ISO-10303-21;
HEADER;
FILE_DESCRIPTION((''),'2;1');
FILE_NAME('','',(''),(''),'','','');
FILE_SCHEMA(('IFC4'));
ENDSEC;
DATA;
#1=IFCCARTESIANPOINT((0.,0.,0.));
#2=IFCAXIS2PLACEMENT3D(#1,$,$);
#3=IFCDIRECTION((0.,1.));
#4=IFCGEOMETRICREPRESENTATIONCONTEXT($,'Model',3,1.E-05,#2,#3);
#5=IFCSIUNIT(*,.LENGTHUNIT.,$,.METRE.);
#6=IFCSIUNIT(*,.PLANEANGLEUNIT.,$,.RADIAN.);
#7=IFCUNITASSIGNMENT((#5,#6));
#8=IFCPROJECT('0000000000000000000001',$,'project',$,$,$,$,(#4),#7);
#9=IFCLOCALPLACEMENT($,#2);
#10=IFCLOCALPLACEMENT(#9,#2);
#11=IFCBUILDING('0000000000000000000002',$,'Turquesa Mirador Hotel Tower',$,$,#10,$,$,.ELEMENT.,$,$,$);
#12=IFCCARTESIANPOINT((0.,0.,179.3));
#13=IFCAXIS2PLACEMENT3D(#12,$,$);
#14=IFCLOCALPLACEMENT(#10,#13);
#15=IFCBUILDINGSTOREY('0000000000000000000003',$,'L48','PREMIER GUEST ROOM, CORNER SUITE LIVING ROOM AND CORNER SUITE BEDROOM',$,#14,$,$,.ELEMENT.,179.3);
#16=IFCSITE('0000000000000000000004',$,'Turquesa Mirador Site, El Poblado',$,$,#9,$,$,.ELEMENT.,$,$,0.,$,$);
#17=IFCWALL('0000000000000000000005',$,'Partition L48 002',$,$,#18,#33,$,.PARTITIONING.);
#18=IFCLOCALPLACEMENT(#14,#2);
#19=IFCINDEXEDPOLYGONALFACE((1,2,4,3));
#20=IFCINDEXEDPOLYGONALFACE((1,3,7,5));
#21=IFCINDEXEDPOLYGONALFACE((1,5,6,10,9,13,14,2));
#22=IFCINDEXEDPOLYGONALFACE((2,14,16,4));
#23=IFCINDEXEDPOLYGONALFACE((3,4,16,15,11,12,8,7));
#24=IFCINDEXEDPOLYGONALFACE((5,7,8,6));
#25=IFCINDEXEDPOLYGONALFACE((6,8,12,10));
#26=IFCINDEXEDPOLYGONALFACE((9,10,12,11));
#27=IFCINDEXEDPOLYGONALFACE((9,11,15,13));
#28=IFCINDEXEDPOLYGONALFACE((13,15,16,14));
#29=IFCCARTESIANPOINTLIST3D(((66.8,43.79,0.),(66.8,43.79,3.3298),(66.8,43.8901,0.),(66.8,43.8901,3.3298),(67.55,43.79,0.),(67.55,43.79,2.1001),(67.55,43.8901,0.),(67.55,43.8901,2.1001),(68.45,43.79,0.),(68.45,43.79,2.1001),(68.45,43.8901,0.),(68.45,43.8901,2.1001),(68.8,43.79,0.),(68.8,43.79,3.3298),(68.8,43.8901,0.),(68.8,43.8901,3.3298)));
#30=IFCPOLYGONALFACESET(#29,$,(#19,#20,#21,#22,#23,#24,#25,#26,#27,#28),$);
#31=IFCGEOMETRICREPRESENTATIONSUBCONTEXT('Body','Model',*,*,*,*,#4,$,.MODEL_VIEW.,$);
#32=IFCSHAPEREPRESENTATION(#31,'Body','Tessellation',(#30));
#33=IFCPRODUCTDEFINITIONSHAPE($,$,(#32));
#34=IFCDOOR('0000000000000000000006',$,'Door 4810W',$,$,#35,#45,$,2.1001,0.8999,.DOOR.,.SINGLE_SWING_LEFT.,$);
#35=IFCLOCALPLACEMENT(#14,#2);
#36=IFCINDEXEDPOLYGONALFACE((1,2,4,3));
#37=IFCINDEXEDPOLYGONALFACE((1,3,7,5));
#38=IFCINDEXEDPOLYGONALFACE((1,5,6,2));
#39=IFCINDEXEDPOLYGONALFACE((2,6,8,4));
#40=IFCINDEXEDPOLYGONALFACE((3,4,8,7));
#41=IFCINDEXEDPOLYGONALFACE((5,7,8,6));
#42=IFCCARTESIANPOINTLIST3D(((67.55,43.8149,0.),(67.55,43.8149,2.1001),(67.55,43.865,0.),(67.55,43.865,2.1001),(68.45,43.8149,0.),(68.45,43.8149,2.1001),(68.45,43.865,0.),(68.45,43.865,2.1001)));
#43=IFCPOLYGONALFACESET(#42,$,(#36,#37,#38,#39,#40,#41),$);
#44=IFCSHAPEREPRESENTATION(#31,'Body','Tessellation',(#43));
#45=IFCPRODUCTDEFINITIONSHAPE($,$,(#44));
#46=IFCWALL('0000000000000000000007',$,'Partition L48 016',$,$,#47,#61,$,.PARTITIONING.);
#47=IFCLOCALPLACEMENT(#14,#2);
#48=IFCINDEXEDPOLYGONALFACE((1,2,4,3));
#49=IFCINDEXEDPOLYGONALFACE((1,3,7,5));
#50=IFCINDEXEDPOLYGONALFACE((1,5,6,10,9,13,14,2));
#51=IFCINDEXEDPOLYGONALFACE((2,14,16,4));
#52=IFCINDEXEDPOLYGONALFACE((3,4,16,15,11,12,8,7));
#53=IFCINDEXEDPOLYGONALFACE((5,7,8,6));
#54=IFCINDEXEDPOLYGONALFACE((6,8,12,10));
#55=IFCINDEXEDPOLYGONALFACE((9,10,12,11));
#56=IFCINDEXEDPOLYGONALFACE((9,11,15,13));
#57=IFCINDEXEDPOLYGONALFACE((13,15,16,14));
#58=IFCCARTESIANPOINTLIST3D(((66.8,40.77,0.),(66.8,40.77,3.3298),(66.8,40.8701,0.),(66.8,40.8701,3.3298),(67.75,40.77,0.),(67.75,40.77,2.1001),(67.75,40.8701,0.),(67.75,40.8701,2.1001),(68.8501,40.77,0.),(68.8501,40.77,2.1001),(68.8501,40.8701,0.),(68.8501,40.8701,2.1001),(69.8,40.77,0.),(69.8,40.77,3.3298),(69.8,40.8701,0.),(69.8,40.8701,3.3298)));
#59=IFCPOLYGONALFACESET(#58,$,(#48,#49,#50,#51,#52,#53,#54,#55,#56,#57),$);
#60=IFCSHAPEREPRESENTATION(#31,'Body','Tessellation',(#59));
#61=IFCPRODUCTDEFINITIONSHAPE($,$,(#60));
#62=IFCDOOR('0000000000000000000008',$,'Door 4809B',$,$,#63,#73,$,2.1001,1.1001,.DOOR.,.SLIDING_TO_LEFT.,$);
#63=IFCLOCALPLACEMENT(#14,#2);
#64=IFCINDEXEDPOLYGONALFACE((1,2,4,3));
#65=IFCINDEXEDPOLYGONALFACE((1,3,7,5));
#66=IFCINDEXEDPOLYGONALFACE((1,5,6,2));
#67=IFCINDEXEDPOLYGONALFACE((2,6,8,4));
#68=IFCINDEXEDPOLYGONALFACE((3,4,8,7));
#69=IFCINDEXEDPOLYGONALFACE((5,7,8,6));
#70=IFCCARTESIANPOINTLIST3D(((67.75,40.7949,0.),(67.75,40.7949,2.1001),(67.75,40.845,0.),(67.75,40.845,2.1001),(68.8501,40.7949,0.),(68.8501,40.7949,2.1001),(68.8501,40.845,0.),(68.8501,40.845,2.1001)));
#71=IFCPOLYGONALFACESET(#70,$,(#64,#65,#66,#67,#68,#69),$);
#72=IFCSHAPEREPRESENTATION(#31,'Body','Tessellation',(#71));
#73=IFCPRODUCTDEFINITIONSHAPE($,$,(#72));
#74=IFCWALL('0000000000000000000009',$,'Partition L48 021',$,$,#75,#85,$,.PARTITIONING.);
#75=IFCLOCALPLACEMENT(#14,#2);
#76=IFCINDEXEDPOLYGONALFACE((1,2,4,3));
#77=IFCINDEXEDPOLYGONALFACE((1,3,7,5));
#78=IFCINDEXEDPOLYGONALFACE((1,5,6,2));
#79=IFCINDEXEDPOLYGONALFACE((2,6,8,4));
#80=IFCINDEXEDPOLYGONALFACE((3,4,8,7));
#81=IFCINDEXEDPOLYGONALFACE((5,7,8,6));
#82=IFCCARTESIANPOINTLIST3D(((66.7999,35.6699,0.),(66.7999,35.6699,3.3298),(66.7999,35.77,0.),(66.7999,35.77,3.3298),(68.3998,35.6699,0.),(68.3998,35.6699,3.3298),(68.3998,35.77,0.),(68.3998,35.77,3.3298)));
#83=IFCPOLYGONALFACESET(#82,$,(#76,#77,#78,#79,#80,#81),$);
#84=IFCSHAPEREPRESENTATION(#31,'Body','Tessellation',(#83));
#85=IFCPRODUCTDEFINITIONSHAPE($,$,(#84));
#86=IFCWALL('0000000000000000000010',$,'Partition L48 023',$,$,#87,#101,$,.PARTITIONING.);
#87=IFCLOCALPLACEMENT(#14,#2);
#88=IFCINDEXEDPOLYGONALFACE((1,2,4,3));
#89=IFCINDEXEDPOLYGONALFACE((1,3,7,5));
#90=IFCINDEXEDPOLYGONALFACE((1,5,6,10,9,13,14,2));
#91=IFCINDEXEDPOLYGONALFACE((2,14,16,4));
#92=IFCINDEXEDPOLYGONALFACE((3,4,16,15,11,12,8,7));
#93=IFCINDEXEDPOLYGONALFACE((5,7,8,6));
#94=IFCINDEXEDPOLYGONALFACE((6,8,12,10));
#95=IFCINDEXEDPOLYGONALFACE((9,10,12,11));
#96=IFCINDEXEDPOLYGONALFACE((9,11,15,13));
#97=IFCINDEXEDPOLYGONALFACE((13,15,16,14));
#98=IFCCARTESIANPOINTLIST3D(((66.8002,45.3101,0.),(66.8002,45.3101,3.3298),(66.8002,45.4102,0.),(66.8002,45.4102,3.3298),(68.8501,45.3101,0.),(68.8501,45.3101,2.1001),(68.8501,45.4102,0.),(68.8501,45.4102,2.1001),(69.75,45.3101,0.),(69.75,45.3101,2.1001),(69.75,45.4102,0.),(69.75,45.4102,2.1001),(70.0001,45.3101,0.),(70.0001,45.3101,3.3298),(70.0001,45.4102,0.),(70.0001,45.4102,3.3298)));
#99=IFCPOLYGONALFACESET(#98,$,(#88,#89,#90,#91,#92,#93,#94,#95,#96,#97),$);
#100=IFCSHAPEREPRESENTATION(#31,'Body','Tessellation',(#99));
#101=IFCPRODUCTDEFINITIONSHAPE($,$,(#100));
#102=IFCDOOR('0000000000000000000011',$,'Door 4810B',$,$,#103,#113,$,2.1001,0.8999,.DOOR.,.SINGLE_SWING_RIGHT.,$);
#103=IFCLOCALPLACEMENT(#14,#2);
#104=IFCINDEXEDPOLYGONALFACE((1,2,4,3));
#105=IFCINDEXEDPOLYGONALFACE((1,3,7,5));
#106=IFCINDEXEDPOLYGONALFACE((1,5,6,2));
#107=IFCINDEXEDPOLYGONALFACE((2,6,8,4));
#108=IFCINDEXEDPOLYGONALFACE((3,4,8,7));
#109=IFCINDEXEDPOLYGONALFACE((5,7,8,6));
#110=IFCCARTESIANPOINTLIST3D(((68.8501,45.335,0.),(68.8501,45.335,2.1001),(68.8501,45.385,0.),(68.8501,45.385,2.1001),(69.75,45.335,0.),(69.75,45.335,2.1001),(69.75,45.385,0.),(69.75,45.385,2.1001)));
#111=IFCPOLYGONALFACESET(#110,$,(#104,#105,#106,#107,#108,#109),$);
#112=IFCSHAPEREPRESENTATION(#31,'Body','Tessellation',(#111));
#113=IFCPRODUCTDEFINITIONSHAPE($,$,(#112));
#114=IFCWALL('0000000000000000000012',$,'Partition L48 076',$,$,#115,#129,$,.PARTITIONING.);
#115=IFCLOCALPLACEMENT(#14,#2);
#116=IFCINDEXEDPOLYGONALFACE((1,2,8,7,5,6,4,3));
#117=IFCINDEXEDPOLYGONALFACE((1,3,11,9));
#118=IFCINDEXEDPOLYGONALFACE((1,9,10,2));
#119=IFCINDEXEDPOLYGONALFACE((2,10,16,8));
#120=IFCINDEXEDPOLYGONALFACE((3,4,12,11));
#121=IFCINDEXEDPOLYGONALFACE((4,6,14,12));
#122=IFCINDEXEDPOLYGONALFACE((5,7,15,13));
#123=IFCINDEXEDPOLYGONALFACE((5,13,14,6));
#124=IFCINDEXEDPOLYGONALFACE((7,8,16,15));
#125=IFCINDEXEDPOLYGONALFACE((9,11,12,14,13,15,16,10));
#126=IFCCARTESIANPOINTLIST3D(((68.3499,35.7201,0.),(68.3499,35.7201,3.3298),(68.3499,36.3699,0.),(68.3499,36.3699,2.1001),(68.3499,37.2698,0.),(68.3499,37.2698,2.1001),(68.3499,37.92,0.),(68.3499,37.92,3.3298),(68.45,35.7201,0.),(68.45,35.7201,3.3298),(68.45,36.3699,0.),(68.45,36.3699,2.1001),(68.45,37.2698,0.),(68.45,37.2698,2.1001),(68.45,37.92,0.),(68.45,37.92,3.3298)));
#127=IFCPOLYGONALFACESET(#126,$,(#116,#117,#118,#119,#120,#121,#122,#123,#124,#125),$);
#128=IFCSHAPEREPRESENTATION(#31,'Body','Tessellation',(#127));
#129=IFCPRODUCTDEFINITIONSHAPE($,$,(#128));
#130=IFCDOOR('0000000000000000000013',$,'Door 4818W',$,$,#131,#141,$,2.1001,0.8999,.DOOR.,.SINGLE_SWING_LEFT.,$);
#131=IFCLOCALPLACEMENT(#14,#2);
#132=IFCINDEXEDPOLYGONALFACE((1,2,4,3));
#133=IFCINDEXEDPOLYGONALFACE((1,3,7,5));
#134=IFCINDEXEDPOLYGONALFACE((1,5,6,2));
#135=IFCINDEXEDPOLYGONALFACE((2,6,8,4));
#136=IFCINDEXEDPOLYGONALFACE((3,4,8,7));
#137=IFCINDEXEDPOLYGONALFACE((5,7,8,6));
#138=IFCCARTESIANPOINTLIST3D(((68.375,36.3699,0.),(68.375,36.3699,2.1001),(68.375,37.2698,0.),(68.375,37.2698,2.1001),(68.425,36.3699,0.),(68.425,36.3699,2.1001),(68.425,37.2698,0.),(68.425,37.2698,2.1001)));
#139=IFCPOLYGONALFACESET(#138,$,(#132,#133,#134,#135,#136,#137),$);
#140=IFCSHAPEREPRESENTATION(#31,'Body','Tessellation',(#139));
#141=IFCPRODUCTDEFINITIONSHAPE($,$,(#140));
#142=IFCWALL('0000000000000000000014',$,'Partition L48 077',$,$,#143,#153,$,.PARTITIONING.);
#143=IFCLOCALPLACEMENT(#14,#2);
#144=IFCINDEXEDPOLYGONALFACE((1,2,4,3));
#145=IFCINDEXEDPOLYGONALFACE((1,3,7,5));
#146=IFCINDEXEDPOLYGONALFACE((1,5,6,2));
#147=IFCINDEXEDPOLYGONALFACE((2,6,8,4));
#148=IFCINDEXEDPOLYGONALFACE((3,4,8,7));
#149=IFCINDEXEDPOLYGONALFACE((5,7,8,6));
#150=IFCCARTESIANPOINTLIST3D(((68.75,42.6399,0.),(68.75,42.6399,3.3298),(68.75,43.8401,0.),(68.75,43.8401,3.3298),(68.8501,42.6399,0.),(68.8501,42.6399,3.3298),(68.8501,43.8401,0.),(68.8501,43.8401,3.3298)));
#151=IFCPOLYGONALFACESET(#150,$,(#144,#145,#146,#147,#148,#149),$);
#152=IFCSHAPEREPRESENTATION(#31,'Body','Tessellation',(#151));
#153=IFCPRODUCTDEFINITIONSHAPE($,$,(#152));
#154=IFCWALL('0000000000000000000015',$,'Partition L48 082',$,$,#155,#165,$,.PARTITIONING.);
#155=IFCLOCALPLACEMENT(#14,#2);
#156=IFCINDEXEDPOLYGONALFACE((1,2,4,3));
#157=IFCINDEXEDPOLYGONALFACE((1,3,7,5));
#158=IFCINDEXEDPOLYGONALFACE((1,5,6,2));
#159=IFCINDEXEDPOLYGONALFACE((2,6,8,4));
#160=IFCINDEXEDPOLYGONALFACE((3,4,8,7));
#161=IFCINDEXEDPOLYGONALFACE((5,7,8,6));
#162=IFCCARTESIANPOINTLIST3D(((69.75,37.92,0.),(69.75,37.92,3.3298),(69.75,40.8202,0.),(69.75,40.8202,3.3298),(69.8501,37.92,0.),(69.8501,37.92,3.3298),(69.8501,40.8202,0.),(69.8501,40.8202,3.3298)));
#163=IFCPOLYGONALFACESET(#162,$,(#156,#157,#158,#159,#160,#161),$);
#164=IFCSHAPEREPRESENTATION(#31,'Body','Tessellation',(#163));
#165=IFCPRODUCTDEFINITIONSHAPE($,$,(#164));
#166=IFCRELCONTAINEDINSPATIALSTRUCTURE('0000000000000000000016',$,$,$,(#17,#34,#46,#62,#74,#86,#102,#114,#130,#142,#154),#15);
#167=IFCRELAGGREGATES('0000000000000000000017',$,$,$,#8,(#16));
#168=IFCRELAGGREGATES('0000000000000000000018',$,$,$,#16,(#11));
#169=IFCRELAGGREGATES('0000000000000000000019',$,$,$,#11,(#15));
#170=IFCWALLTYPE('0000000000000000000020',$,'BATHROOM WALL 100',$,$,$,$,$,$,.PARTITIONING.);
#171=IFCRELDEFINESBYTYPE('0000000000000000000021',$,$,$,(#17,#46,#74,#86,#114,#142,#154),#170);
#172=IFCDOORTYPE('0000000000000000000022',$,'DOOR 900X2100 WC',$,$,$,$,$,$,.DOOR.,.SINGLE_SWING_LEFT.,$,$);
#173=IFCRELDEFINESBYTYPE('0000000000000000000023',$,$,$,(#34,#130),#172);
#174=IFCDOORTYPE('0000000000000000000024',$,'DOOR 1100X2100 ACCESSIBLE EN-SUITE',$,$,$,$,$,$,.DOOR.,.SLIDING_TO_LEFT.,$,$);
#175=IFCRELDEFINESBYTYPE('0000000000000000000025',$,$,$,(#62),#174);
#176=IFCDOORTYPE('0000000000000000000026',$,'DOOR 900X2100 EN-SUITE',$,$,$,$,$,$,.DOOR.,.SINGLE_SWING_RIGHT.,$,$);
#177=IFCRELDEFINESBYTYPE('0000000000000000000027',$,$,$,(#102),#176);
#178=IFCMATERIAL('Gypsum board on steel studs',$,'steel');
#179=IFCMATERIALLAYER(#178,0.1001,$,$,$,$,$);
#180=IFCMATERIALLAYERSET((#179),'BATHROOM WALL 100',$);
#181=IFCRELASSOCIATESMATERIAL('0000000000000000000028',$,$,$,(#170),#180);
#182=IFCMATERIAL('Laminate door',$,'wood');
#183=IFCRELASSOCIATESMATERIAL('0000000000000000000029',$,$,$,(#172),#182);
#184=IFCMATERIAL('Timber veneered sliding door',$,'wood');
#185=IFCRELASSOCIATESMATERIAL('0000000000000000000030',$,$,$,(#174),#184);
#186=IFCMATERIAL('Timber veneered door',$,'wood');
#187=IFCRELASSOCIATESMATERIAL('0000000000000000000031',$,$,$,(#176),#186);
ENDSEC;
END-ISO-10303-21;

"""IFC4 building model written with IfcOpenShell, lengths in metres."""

from ifc_helpers import new_model, si_unit, direction, frame, frame_2d, origin, place, context, subcontext, project, spatial, rectangle, extrude, material, layer, layer_set, type_object, element, fill, save


model = new_model("IFC4")

# Units and contexts
model_context = context("Model", 3, precision=1e-05, world=origin(), true_north=direction((0.0, 1.0)))
body_context = subcontext(model_context, "Body", "Model", "MODEL_VIEW")
ifc_project = project(units=[si_unit("LENGTHUNIT", "METRE"), si_unit("PLANEANGLEUNIT", "RADIAN")], contexts=[model_context])

# Site, building, storey
site_placement = place(None, origin())
site = spatial("IfcSite", under=ifc_project, at=site_placement, Name="Turquesa Mirador Site, El Poblado", CompositionType="ELEMENT", RefElevation=0.0)
building_placement = place(site_placement, origin())
building = spatial("IfcBuilding", under=site, at=building_placement, Name="Turquesa Mirador Hotel Tower", CompositionType="ELEMENT")
storey_placement = place(building_placement, frame((0.0, 0.0, 179.3)))
storey = spatial("IfcBuildingStorey", under=building, at=storey_placement, Name="L48", Description="PREMIER GUEST ROOM, CORNER SUITE LIVING ROOM AND CORNER SUITE BEDROOM", CompositionType="ELEMENT", Elevation=179.3)

# Walls, openings, doors
ifc_material_1 = material(Name="Gypsum board on steel studs", Category="steel")
ifc_layer_1 = layer(ifc_material_1, 0.1001)
ifc_layer_set_1 = layer_set([ifc_layer_1], Name="BATHROOM WALL 100")
wall_type_1 = type_object("IfcWallType", Name="BATHROOM WALL 100", PredefinedType="PARTITIONING", material=ifc_layer_set_1)
wall_1_placement = place(storey_placement, frame((66.8, 43.8401, 0.0), z_axis=(0.0, 0.0, 1.0), x_axis=(1.0, 0.0, 0.0)))
wall_1 = element("IfcWall", 1, at=wall_1_placement, inside=storey, type_object=wall_type_1, Name="Partition L48 002", PredefinedType="PARTITIONING", context=body_context, shape_type="SweptSolid", body=[
    extrude(rectangle(XDim=2.0, YDim=0.1001, at=frame_2d((1.0, 0.0))), origin(), (0.0, 0.0, 1.0), 3.3298),
])
opening_1_placement = place(wall_1_placement, frame((0.75, 0.0, 0.0)))
opening_1 = element("IfcOpeningElement", 2, at=opening_1_placement, cuts=wall_1, PredefinedType="OPENING", context=body_context, shape_type="SweptSolid", body=[
    extrude(rectangle(XDim=0.8999, YDim=2.1001, at=frame_2d((0.45, 1.05))), frame((0.0, 0.0601, 0.0), z_axis=(0.0, -1.0, 0.0), x_axis=(1.0, 0.0, 0.0)), (0.0, 0.0, 1.0), 0.1201),
])
ifc_material_2 = material(Name="Laminate door", Category="wood")
door_type_1 = type_object("IfcDoorType", Name="DOOR 900X2100 WC", OperationType="SINGLE_SWING_LEFT", PredefinedType="DOOR", material=ifc_material_2)
door_1_placement = place(opening_1_placement, origin())
door_1 = element("IfcDoor", 3, at=door_1_placement, inside=storey, type_object=door_type_1, Name="Door 4810W", OperationType="SINGLE_SWING_LEFT", OverallHeight=2.1001, OverallWidth=0.8999, PredefinedType="DOOR", context=body_context, shape_type="SweptSolid", body=[
    extrude(rectangle(XDim=0.8999, YDim=2.1001, at=frame_2d((0.45, 1.05))), frame((0.0, 0.0249, 0.0), z_axis=(0.0, -1.0, 0.0), x_axis=(1.0, 0.0, 0.0)), (0.0, 0.0, 1.0), 0.05),
])
fill(opening_1, door_1)
wall_2_placement = place(storey_placement, frame((66.8, 40.8201, 0.0), z_axis=(0.0, 0.0, 1.0), x_axis=(1.0, 0.0, 0.0)))
wall_2 = element("IfcWall", 4, at=wall_2_placement, inside=storey, type_object=wall_type_1, Name="Partition L48 016", PredefinedType="PARTITIONING", context=body_context, shape_type="SweptSolid", body=[
    extrude(rectangle(XDim=3.0, YDim=0.1001, at=frame_2d((1.5, 0.0))), origin(), (0.0, 0.0, 1.0), 3.3298),
])
opening_2_placement = place(wall_2_placement, frame((0.95, 0.0, 0.0)))
opening_2 = element("IfcOpeningElement", 5, at=opening_2_placement, cuts=wall_2, PredefinedType="OPENING", context=body_context, shape_type="SweptSolid", body=[
    extrude(rectangle(XDim=1.1001, YDim=2.1001, at=frame_2d((0.55, 1.05))), frame((0.0, 0.0601, 0.0), z_axis=(0.0, -1.0, 0.0), x_axis=(1.0, 0.0, 0.0)), (0.0, 0.0, 1.0), 0.1201),
])
ifc_material_3 = material(Name="Timber veneered sliding door", Category="wood")
door_type_2 = type_object("IfcDoorType", Name="DOOR 1100X2100 ACCESSIBLE EN-SUITE", OperationType="SLIDING_TO_LEFT", PredefinedType="DOOR", material=ifc_material_3)
door_2_placement = place(opening_2_placement, origin())
door_2 = element("IfcDoor", 6, at=door_2_placement, inside=storey, type_object=door_type_2, Name="Door 4809B", OperationType="SLIDING_TO_LEFT", OverallHeight=2.1001, OverallWidth=1.1001, PredefinedType="DOOR", context=body_context, shape_type="SweptSolid", body=[
    extrude(rectangle(XDim=1.1001, YDim=2.1001, at=frame_2d((0.55, 1.05))), frame((0.0, 0.0249, 0.0), z_axis=(0.0, -1.0, 0.0), x_axis=(1.0, 0.0, 0.0)), (0.0, 0.0, 1.0), 0.05),
])
fill(opening_2, door_2)

# Wall
wall_3_placement = place(storey_placement, frame((66.8, 35.72, 0.0), z_axis=(0.0, 0.0, 1.0), x_axis=(1.0, 0.0, 0.0)))
element("IfcWall", 7, at=wall_3_placement, inside=storey, type_object=wall_type_1, Name="Partition L48 021", PredefinedType="PARTITIONING", context=body_context, shape_type="SweptSolid", body=[
    extrude(rectangle(XDim=1.5999, YDim=0.1001, at=frame_2d((0.7998, 0.0))), origin(), (0.0, 0.0, 1.0), 3.3298),
])

# Walls, openings, doors
wall_4_placement = place(storey_placement, frame((66.8, 45.3601, 0.0), z_axis=(0.0, 0.0, 1.0), x_axis=(1.0, 0.0, 0.0)))
wall_4 = element("IfcWall", 8, at=wall_4_placement, inside=storey, type_object=wall_type_1, Name="Partition L48 023", PredefinedType="PARTITIONING", context=body_context, shape_type="SweptSolid", body=[
    extrude(rectangle(XDim=3.2, YDim=0.1001, at=frame_2d((1.6001, 0.0))), origin(), (0.0, 0.0, 1.0), 3.3298),
])
opening_3_placement = place(wall_4_placement, frame((2.05, 0.0, 0.0)))
opening_3 = element("IfcOpeningElement", 9, at=opening_3_placement, cuts=wall_4, PredefinedType="OPENING", context=body_context, shape_type="SweptSolid", body=[
    extrude(rectangle(XDim=0.8999, YDim=2.1001, at=frame_2d((0.45, 1.05))), frame((0.0, 0.0601, 0.0), z_axis=(0.0, -1.0, 0.0), x_axis=(1.0, 0.0, 0.0)), (0.0, 0.0, 1.0), 0.1201),
])
ifc_material_4 = material(Name="Timber veneered door", Category="wood")
door_type_3 = type_object("IfcDoorType", Name="DOOR 900X2100 EN-SUITE", OperationType="SINGLE_SWING_RIGHT", PredefinedType="DOOR", material=ifc_material_4)
door_3_placement = place(opening_3_placement, origin())
door_3 = element("IfcDoor", 10, at=door_3_placement, inside=storey, type_object=door_type_3, Name="Door 4810B", OperationType="SINGLE_SWING_RIGHT", OverallHeight=2.1001, OverallWidth=0.8999, PredefinedType="DOOR", context=body_context, shape_type="SweptSolid", body=[
    extrude(rectangle(XDim=0.8999, YDim=2.1001, at=frame_2d((0.45, 1.05))), frame((0.0, 0.0249, 0.0), z_axis=(0.0, -1.0, 0.0), x_axis=(1.0, 0.0, 0.0)), (0.0, 0.0, 1.0), 0.05),
])
fill(opening_3, door_3)
wall_5_placement = place(storey_placement, frame((68.3999, 35.72, 0.0), z_axis=(0.0, 0.0, 1.0), x_axis=(0.0, 1.0, 0.0)))
wall_5 = element("IfcWall", 11, at=wall_5_placement, inside=storey, type_object=wall_type_1, Name="Partition L48 076", PredefinedType="PARTITIONING", context=body_context, shape_type="SweptSolid", body=[
    extrude(rectangle(XDim=2.2, YDim=0.1001, at=frame_2d((1.1001, 0.0))), origin(), (0.0, 0.0, 1.0), 3.3298),
])
opening_4_placement = place(wall_5_placement, frame((0.6499, 0.0, 0.0)))
opening_4 = element("IfcOpeningElement", 12, at=opening_4_placement, cuts=wall_5, PredefinedType="OPENING", context=body_context, shape_type="SweptSolid", body=[
    extrude(rectangle(XDim=0.8999, YDim=2.1001, at=frame_2d((0.45, 1.05))), frame((0.0, 0.0601, 0.0), z_axis=(0.0, -1.0, 0.0), x_axis=(1.0, 0.0, 0.0)), (0.0, 0.0, 1.0), 0.1201),
])
door_4_placement = place(opening_4_placement, origin())
door_4 = element("IfcDoor", 13, at=door_4_placement, inside=storey, type_object=door_type_1, Name="Door 4818W", OperationType="SINGLE_SWING_LEFT", OverallHeight=2.1001, OverallWidth=0.8999, PredefinedType="DOOR", context=body_context, shape_type="SweptSolid", body=[
    extrude(rectangle(XDim=0.8999, YDim=2.1001, at=frame_2d((0.45, 1.05))), frame((0.0, 0.0249, 0.0), z_axis=(0.0, -1.0, 0.0), x_axis=(1.0, 0.0, 0.0)), (0.0, 0.0, 1.0), 0.05),
])
fill(opening_4, door_4)

# Walls
wall_6_placement = place(storey_placement, frame((68.8, 42.6399, 0.0), z_axis=(0.0, 0.0, 1.0), x_axis=(0.0, 1.0, 0.0)))
element("IfcWall", 14, at=wall_6_placement, inside=storey, type_object=wall_type_1, Name="Partition L48 077", PredefinedType="PARTITIONING", context=body_context, shape_type="SweptSolid", body=[
    extrude(rectangle(XDim=1.2002, YDim=0.1001, at=frame_2d((0.6001, 0.0))), origin(), (0.0, 0.0, 1.0), 3.3298),
])
wall_7_placement = place(storey_placement, frame((69.8, 37.9199, 0.0), z_axis=(0.0, 0.0, 1.0), x_axis=(0.0, 1.0, 0.0)))
element("IfcWall", 15, at=wall_7_placement, inside=storey, type_object=wall_type_1, Name="Partition L48 082", PredefinedType="PARTITIONING", context=body_context, shape_type="SweptSolid", body=[
    extrude(rectangle(XDim=2.9001, YDim=0.1001, at=frame_2d((1.4502, 0.0))), origin(), (0.0, 0.0, 1.0), 3.3298),
])

save(model, "model.ifc")
